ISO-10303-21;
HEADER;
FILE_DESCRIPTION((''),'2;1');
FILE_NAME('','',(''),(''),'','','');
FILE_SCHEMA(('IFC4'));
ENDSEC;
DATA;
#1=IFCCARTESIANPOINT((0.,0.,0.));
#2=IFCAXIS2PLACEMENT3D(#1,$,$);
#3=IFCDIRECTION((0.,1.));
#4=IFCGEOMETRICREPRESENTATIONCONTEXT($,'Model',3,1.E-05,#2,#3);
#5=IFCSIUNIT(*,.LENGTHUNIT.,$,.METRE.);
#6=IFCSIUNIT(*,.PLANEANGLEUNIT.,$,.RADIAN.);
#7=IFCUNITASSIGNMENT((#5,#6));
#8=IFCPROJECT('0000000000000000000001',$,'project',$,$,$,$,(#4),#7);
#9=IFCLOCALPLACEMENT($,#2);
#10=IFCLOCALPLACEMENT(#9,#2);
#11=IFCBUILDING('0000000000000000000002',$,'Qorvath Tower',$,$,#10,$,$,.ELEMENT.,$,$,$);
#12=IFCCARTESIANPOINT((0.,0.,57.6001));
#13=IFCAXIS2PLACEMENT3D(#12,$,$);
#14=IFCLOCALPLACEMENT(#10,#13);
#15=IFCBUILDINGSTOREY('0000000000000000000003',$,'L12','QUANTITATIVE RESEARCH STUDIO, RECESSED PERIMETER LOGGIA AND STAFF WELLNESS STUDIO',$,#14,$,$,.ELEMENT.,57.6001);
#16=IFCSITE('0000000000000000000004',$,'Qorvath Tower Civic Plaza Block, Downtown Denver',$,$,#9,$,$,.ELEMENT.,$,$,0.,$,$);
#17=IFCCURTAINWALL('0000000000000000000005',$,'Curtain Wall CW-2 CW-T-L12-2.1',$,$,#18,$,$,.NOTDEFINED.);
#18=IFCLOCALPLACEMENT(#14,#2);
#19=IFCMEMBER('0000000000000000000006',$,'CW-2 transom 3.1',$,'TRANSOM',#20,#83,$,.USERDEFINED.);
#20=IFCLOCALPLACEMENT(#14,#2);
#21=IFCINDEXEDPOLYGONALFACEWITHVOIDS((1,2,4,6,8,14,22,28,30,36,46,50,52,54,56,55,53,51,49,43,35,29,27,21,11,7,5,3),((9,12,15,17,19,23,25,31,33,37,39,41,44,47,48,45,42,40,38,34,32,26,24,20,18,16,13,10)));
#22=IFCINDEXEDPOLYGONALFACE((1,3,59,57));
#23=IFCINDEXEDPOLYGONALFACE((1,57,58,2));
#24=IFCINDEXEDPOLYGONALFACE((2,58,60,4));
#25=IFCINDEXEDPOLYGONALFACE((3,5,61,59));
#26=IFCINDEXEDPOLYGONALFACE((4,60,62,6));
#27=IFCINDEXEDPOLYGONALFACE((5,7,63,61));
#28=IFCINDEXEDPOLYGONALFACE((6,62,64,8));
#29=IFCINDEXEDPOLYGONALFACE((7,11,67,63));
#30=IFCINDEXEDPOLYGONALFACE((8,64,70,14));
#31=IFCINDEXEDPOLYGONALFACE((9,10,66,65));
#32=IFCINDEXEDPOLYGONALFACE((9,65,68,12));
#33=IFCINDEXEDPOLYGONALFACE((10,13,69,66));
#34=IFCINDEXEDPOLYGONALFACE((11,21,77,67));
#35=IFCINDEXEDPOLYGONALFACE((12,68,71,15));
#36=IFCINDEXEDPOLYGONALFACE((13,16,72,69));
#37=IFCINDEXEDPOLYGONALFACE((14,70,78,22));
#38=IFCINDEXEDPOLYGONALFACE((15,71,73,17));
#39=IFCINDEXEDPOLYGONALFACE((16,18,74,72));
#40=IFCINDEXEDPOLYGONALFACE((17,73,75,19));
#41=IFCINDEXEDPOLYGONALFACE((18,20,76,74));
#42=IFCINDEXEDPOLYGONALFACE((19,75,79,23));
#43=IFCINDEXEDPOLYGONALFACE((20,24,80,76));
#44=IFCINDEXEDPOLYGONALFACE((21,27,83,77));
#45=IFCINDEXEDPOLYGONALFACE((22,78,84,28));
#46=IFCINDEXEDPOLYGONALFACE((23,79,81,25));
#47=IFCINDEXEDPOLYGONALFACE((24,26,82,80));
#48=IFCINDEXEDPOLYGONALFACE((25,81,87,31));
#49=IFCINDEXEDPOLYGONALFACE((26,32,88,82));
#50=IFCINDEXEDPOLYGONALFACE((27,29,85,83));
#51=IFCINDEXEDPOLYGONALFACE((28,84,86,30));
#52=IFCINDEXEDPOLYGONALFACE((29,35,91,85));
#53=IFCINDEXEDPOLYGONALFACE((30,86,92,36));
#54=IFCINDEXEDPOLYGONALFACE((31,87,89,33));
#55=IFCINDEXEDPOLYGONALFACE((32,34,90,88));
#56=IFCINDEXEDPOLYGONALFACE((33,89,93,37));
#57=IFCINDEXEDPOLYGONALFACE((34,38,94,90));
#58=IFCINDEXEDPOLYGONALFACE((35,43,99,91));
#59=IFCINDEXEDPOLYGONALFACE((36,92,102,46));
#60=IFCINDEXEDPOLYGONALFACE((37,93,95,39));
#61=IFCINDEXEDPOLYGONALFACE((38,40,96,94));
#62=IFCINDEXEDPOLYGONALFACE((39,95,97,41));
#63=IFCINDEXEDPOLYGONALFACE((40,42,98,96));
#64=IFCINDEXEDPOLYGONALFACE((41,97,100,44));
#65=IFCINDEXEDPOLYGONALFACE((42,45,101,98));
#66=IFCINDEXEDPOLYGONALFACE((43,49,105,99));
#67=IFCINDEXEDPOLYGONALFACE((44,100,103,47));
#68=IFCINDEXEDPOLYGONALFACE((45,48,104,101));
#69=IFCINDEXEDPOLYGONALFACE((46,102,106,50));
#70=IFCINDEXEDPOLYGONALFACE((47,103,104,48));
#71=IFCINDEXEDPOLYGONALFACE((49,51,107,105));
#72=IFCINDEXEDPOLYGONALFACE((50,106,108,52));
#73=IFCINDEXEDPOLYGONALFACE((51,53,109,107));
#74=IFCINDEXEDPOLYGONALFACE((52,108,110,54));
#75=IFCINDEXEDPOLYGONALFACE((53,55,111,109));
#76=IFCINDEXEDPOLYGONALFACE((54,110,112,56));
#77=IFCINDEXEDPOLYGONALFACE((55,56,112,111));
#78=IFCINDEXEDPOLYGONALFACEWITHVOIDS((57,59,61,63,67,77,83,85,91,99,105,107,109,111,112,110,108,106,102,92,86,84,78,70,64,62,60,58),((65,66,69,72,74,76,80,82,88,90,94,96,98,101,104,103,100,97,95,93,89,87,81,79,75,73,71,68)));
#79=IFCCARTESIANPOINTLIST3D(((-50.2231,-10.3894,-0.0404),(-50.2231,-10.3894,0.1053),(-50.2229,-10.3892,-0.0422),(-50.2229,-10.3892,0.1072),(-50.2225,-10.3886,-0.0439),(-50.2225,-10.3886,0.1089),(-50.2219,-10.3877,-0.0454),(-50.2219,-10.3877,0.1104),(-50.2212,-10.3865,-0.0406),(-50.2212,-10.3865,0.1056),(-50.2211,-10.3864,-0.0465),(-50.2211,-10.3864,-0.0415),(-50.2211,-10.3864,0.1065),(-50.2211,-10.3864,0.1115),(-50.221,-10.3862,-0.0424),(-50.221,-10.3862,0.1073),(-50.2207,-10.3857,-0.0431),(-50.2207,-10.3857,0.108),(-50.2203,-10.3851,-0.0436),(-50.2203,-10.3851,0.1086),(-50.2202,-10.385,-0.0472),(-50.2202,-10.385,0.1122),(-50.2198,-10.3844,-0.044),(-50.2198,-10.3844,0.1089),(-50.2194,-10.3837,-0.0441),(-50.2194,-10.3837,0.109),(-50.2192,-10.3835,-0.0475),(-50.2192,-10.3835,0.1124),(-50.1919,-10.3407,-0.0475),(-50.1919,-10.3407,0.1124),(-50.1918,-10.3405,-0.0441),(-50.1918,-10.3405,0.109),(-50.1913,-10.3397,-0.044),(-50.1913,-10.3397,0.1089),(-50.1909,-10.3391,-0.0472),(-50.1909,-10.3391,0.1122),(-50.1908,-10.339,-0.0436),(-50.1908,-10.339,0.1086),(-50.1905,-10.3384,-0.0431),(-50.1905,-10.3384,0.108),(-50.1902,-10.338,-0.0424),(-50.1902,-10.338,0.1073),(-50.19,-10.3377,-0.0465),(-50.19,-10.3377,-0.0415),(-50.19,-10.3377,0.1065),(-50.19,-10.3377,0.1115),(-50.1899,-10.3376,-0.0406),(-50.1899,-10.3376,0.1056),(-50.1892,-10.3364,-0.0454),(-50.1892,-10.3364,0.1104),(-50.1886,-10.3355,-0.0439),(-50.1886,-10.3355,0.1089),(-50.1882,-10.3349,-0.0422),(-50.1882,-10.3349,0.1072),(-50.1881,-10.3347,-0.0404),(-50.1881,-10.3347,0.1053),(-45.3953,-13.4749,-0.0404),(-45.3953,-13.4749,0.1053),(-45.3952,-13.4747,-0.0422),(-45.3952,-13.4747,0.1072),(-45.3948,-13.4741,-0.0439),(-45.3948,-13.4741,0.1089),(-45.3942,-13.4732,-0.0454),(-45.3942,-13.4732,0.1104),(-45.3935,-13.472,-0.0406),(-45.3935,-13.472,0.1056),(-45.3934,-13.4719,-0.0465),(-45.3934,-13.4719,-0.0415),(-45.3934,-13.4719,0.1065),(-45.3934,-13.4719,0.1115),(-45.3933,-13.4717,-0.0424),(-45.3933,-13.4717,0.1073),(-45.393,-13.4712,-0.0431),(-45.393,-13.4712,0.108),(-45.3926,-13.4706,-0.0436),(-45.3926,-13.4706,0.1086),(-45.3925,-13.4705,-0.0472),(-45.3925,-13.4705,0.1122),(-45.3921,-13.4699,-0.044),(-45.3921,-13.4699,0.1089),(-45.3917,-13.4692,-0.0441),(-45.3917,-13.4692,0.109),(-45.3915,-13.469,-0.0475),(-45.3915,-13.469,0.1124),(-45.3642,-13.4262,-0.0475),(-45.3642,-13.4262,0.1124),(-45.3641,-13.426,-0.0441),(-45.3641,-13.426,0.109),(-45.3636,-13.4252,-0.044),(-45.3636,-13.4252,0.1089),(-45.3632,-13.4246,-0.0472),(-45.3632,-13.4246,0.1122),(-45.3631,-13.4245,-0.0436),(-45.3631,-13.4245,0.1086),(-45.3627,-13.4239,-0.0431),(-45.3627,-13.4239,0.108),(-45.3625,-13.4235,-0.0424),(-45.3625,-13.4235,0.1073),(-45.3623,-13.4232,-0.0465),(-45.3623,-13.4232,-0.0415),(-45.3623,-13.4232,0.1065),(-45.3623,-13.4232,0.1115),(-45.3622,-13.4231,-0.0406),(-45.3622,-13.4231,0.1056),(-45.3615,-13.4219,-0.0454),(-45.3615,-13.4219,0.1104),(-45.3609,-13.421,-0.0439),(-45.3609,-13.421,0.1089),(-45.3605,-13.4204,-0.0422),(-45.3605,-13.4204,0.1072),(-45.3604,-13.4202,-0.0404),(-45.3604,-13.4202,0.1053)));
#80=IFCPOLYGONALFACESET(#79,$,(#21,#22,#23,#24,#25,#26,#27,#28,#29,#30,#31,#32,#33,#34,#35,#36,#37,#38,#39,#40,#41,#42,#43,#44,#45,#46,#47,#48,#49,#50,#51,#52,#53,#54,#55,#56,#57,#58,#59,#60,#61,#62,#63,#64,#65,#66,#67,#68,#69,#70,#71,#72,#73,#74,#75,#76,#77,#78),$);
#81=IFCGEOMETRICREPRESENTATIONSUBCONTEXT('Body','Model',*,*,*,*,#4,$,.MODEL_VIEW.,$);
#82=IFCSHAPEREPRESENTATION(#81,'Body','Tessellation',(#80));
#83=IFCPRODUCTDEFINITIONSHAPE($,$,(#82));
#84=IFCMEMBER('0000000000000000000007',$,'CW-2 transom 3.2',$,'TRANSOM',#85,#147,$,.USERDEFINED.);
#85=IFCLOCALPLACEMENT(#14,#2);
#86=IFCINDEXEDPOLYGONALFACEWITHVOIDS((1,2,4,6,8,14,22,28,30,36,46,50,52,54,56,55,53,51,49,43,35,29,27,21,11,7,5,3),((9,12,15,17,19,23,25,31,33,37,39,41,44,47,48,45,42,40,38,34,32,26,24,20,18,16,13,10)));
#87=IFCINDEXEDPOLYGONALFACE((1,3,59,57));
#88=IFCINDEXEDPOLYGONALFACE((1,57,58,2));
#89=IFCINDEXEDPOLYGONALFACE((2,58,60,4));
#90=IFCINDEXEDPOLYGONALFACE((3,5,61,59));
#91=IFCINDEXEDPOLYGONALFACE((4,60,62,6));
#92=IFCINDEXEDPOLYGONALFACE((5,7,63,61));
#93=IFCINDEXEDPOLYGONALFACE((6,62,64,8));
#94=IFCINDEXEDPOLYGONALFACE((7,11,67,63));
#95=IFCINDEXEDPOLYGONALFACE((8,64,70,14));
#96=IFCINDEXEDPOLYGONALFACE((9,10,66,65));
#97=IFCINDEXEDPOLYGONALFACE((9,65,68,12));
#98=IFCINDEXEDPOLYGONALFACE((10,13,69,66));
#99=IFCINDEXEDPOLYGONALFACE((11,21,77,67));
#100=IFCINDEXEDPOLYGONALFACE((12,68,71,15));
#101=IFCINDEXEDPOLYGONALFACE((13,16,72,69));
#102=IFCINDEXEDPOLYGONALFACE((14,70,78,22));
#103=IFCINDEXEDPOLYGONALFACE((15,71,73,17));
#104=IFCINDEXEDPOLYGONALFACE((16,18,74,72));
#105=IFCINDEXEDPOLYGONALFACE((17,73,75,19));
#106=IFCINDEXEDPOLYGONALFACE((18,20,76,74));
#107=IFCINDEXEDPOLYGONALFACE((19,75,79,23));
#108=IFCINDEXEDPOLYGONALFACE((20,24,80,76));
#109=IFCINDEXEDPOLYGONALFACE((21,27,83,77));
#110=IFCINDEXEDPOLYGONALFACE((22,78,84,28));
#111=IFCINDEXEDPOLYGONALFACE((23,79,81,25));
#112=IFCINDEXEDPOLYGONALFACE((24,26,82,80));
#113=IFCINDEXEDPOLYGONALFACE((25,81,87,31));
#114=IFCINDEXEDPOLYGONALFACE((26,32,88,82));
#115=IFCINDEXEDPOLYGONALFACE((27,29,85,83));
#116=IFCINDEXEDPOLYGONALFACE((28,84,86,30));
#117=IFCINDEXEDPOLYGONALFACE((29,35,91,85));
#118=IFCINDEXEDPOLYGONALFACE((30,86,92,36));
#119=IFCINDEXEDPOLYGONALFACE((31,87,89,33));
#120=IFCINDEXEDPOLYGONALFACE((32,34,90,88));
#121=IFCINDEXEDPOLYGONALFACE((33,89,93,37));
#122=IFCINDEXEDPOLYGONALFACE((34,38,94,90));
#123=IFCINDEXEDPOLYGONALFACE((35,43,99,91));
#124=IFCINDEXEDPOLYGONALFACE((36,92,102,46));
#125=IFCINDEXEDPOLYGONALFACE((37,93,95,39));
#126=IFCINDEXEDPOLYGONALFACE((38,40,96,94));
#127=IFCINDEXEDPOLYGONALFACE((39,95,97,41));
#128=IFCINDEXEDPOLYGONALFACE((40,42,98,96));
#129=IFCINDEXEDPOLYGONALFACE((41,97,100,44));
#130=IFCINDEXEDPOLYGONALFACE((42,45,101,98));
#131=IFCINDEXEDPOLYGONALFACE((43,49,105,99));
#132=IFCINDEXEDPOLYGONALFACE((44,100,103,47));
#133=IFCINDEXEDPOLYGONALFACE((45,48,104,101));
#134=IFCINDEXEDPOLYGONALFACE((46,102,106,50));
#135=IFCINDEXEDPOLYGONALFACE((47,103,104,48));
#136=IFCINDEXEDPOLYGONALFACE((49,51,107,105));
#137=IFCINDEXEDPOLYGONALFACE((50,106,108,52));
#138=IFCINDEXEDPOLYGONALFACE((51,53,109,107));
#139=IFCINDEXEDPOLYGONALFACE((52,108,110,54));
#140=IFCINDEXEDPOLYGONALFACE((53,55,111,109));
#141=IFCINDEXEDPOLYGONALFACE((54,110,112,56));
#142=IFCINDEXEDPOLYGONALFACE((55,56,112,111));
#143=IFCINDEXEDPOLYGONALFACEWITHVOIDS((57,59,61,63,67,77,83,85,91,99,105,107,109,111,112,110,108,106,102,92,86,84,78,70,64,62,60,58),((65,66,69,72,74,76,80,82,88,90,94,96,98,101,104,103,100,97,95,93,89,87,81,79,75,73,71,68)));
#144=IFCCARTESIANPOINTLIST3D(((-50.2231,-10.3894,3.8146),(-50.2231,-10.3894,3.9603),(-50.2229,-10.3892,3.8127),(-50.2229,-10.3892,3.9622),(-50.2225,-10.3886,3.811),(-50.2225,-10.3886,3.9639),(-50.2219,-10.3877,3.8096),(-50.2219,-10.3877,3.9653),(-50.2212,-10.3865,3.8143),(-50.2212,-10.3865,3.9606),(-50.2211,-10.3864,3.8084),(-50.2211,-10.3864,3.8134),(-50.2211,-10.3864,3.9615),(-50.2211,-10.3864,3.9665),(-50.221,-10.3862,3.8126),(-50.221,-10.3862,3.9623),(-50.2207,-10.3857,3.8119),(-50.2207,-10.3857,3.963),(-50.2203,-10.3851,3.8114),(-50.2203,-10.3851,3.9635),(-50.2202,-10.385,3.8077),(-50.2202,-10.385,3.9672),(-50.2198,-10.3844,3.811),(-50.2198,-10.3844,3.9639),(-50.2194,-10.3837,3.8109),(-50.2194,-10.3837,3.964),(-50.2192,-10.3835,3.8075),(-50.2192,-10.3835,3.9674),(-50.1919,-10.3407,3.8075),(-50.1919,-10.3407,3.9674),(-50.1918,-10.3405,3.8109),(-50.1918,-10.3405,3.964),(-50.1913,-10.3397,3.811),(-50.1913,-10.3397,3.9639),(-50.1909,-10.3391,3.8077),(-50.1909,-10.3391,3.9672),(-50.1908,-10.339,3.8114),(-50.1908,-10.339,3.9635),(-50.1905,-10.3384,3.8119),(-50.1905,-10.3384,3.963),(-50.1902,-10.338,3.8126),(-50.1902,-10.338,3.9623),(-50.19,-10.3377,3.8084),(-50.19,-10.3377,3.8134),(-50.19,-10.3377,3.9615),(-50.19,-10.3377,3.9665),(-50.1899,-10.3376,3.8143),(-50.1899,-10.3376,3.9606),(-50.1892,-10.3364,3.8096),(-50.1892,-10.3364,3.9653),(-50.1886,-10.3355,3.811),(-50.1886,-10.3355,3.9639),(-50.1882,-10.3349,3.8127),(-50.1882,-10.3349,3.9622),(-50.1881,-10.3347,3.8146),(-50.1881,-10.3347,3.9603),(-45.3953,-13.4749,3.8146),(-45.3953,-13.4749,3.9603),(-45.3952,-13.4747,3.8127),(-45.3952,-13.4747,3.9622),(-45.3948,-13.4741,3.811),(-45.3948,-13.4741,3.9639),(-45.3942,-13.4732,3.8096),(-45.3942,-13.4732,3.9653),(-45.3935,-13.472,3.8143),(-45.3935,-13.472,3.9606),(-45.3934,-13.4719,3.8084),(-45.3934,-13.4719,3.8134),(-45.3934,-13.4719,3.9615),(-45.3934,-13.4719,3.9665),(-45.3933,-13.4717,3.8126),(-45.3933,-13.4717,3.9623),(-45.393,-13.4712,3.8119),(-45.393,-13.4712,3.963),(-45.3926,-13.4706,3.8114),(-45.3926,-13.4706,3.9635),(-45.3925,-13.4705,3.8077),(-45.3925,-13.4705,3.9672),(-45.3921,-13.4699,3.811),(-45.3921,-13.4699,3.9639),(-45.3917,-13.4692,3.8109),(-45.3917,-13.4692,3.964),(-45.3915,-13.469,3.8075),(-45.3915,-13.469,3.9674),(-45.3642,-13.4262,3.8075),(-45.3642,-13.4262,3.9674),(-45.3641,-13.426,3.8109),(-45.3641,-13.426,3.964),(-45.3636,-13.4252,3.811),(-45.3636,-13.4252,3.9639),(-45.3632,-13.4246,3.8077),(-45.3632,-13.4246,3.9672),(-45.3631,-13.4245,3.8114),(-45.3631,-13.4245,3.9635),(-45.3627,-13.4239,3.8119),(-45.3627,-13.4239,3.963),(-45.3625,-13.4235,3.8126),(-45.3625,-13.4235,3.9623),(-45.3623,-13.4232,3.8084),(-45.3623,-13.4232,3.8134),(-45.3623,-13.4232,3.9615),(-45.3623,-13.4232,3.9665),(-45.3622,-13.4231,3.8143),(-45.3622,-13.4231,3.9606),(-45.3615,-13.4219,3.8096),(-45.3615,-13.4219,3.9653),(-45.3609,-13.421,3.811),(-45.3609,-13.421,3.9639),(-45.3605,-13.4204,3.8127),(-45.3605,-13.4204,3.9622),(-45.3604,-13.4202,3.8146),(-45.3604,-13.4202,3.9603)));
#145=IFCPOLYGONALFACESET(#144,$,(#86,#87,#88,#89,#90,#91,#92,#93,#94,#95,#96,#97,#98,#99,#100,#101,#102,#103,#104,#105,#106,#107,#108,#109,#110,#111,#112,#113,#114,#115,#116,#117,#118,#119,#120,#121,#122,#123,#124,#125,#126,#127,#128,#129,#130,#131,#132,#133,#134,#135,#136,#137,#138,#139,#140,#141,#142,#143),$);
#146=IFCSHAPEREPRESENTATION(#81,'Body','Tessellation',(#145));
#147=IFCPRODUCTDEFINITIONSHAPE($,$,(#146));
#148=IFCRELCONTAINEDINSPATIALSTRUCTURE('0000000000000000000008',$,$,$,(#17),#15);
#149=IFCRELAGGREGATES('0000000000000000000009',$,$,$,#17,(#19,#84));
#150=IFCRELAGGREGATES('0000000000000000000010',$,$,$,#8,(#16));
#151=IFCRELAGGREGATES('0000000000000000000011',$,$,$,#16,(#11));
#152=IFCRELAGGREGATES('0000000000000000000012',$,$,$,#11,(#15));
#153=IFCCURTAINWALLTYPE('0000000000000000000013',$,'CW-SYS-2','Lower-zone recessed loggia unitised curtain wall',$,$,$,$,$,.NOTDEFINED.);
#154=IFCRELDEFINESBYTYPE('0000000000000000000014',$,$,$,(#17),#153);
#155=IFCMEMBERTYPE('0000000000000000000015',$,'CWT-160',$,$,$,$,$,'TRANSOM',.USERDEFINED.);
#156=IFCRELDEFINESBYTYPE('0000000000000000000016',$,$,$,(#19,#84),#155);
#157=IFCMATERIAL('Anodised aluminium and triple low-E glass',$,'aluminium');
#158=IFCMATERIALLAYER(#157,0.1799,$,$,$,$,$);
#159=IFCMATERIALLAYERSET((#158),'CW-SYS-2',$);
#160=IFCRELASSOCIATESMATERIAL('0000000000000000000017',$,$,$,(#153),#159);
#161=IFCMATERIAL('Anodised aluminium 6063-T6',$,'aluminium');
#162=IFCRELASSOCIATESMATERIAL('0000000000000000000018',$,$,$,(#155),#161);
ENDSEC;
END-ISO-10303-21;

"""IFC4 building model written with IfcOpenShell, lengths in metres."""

from ifc_helpers import new_model, si_unit, direction, frame, origin, origin_2d, place, context, subcontext, project, spatial, hollow_rectangle, extrude, material, layer, layer_set, material_profile, profile_set, type_object, element, aggregate, save


model = new_model("IFC4")

# Units and contexts
model_context = context("Model", 3, precision=1e-05, world=origin(), true_north=direction((0.0, 1.0)))
body_context = subcontext(model_context, "Body", "Model", "MODEL_VIEW")
ifc_project = project(units=[si_unit("LENGTHUNIT", "METRE"), si_unit("PLANEANGLEUNIT", "RADIAN")], contexts=[model_context])

# Site, building, storey
site_placement = place(None, origin())
site = spatial("IfcSite", under=ifc_project, at=site_placement, Name="Qorvath Tower Civic Plaza Block, Downtown Denver", CompositionType="ELEMENT", RefElevation=0.0)
building_placement = place(site_placement, origin())
building = spatial("IfcBuilding", under=site, at=building_placement, Name="Qorvath Tower", CompositionType="ELEMENT")
storey_placement = place(building_placement, frame((0.0, 0.0, 57.6001)))
storey = spatial("IfcBuildingStorey", under=building, at=storey_placement, Name="L12", Description="QUANTITATIVE RESEARCH STUDIO, RECESSED PERIMETER LOGGIA AND STAFF WELLNESS STUDIO", CompositionType="ELEMENT", Elevation=57.6001)

# Curtain wall, members
ifc_material_1 = material(Name="Anodised aluminium and triple low-E glass", Category="aluminium")
ifc_layer_1 = layer(ifc_material_1, 0.1799)
ifc_layer_set_1 = layer_set([ifc_layer_1], Name="CW-SYS-2")
curtain_wall_type = type_object("IfcCurtainWallType", Name="CW-SYS-2", Description="Lower-zone recessed loggia unitised curtain wall", PredefinedType="NOTDEFINED", material=ifc_layer_set_1)
curtain_wall_placement = place(storey_placement, origin())
curtain_wall = element("IfcCurtainWall", 1, at=curtain_wall_placement, inside=storey, type_object=curtain_wall_type, Name="Curtain Wall CW-2 CW-T-L12-2.1", PredefinedType="NOTDEFINED")
ifc_material_2 = material(Name="Anodised aluminium 6063-T6", Category="aluminium")
ifc_material_profile_1 = material_profile(ifc_material_2, hollow_rectangle(XDim=0.0649, YDim=0.1599, WallThickness=0.0034, InnerFilletRadius=0.0034, OuterFilletRadius=0.0071, at=origin_2d()), Name="CWT 160x65")
ifc_profile_set_1 = profile_set([ifc_material_profile_1], Name="Anodised aluminium 6063-T6")
member_type_1 = type_object("IfcMemberType", Name="CWT-160", ElementType="TRANSOM", PredefinedType="USERDEFINED", material=ifc_profile_set_1)
member_1_placement = place(storey_placement, frame((-50.2056, -10.3621, 0.0325), z_axis=(0.842607, -0.538529, 0.0), x_axis=(0.538529, 0.842607, 0.0)))
member_1 = element("IfcMember", 2, at=member_1_placement, type_object=member_type_1, Name="CW-2 transom 3.1", ObjectType="TRANSOM", PredefinedType="USERDEFINED", context=body_context, shape_type="SweptSolid", body=[
    extrude(hollow_rectangle(XDim=0.0649, YDim=0.1599, WallThickness=0.0034, InnerFilletRadius=0.0034, OuterFilletRadius=0.0071, at=origin_2d()), origin(), (0.0, 0.0, 1.0), 5.7295),
])
member_2_placement = place(storey_placement, frame((-50.2056, -10.3621, 3.8875), z_axis=(0.842607, -0.538529, 0.0), x_axis=(0.538529, 0.842607, 0.0)))
member_2 = element("IfcMember", 3, at=member_2_placement, type_object=member_type_1, Name="CW-2 transom 3.2", ObjectType="TRANSOM", PredefinedType="USERDEFINED", context=body_context, shape_type="SweptSolid", body=[
    extrude(hollow_rectangle(XDim=0.0649, YDim=0.1599, WallThickness=0.0034, InnerFilletRadius=0.0034, OuterFilletRadius=0.0071, at=origin_2d()), origin(), (0.0, 0.0, 1.0), 5.7295),
])
aggregate(curtain_wall, [member_1, member_2])

save(model, "model.ifc")
